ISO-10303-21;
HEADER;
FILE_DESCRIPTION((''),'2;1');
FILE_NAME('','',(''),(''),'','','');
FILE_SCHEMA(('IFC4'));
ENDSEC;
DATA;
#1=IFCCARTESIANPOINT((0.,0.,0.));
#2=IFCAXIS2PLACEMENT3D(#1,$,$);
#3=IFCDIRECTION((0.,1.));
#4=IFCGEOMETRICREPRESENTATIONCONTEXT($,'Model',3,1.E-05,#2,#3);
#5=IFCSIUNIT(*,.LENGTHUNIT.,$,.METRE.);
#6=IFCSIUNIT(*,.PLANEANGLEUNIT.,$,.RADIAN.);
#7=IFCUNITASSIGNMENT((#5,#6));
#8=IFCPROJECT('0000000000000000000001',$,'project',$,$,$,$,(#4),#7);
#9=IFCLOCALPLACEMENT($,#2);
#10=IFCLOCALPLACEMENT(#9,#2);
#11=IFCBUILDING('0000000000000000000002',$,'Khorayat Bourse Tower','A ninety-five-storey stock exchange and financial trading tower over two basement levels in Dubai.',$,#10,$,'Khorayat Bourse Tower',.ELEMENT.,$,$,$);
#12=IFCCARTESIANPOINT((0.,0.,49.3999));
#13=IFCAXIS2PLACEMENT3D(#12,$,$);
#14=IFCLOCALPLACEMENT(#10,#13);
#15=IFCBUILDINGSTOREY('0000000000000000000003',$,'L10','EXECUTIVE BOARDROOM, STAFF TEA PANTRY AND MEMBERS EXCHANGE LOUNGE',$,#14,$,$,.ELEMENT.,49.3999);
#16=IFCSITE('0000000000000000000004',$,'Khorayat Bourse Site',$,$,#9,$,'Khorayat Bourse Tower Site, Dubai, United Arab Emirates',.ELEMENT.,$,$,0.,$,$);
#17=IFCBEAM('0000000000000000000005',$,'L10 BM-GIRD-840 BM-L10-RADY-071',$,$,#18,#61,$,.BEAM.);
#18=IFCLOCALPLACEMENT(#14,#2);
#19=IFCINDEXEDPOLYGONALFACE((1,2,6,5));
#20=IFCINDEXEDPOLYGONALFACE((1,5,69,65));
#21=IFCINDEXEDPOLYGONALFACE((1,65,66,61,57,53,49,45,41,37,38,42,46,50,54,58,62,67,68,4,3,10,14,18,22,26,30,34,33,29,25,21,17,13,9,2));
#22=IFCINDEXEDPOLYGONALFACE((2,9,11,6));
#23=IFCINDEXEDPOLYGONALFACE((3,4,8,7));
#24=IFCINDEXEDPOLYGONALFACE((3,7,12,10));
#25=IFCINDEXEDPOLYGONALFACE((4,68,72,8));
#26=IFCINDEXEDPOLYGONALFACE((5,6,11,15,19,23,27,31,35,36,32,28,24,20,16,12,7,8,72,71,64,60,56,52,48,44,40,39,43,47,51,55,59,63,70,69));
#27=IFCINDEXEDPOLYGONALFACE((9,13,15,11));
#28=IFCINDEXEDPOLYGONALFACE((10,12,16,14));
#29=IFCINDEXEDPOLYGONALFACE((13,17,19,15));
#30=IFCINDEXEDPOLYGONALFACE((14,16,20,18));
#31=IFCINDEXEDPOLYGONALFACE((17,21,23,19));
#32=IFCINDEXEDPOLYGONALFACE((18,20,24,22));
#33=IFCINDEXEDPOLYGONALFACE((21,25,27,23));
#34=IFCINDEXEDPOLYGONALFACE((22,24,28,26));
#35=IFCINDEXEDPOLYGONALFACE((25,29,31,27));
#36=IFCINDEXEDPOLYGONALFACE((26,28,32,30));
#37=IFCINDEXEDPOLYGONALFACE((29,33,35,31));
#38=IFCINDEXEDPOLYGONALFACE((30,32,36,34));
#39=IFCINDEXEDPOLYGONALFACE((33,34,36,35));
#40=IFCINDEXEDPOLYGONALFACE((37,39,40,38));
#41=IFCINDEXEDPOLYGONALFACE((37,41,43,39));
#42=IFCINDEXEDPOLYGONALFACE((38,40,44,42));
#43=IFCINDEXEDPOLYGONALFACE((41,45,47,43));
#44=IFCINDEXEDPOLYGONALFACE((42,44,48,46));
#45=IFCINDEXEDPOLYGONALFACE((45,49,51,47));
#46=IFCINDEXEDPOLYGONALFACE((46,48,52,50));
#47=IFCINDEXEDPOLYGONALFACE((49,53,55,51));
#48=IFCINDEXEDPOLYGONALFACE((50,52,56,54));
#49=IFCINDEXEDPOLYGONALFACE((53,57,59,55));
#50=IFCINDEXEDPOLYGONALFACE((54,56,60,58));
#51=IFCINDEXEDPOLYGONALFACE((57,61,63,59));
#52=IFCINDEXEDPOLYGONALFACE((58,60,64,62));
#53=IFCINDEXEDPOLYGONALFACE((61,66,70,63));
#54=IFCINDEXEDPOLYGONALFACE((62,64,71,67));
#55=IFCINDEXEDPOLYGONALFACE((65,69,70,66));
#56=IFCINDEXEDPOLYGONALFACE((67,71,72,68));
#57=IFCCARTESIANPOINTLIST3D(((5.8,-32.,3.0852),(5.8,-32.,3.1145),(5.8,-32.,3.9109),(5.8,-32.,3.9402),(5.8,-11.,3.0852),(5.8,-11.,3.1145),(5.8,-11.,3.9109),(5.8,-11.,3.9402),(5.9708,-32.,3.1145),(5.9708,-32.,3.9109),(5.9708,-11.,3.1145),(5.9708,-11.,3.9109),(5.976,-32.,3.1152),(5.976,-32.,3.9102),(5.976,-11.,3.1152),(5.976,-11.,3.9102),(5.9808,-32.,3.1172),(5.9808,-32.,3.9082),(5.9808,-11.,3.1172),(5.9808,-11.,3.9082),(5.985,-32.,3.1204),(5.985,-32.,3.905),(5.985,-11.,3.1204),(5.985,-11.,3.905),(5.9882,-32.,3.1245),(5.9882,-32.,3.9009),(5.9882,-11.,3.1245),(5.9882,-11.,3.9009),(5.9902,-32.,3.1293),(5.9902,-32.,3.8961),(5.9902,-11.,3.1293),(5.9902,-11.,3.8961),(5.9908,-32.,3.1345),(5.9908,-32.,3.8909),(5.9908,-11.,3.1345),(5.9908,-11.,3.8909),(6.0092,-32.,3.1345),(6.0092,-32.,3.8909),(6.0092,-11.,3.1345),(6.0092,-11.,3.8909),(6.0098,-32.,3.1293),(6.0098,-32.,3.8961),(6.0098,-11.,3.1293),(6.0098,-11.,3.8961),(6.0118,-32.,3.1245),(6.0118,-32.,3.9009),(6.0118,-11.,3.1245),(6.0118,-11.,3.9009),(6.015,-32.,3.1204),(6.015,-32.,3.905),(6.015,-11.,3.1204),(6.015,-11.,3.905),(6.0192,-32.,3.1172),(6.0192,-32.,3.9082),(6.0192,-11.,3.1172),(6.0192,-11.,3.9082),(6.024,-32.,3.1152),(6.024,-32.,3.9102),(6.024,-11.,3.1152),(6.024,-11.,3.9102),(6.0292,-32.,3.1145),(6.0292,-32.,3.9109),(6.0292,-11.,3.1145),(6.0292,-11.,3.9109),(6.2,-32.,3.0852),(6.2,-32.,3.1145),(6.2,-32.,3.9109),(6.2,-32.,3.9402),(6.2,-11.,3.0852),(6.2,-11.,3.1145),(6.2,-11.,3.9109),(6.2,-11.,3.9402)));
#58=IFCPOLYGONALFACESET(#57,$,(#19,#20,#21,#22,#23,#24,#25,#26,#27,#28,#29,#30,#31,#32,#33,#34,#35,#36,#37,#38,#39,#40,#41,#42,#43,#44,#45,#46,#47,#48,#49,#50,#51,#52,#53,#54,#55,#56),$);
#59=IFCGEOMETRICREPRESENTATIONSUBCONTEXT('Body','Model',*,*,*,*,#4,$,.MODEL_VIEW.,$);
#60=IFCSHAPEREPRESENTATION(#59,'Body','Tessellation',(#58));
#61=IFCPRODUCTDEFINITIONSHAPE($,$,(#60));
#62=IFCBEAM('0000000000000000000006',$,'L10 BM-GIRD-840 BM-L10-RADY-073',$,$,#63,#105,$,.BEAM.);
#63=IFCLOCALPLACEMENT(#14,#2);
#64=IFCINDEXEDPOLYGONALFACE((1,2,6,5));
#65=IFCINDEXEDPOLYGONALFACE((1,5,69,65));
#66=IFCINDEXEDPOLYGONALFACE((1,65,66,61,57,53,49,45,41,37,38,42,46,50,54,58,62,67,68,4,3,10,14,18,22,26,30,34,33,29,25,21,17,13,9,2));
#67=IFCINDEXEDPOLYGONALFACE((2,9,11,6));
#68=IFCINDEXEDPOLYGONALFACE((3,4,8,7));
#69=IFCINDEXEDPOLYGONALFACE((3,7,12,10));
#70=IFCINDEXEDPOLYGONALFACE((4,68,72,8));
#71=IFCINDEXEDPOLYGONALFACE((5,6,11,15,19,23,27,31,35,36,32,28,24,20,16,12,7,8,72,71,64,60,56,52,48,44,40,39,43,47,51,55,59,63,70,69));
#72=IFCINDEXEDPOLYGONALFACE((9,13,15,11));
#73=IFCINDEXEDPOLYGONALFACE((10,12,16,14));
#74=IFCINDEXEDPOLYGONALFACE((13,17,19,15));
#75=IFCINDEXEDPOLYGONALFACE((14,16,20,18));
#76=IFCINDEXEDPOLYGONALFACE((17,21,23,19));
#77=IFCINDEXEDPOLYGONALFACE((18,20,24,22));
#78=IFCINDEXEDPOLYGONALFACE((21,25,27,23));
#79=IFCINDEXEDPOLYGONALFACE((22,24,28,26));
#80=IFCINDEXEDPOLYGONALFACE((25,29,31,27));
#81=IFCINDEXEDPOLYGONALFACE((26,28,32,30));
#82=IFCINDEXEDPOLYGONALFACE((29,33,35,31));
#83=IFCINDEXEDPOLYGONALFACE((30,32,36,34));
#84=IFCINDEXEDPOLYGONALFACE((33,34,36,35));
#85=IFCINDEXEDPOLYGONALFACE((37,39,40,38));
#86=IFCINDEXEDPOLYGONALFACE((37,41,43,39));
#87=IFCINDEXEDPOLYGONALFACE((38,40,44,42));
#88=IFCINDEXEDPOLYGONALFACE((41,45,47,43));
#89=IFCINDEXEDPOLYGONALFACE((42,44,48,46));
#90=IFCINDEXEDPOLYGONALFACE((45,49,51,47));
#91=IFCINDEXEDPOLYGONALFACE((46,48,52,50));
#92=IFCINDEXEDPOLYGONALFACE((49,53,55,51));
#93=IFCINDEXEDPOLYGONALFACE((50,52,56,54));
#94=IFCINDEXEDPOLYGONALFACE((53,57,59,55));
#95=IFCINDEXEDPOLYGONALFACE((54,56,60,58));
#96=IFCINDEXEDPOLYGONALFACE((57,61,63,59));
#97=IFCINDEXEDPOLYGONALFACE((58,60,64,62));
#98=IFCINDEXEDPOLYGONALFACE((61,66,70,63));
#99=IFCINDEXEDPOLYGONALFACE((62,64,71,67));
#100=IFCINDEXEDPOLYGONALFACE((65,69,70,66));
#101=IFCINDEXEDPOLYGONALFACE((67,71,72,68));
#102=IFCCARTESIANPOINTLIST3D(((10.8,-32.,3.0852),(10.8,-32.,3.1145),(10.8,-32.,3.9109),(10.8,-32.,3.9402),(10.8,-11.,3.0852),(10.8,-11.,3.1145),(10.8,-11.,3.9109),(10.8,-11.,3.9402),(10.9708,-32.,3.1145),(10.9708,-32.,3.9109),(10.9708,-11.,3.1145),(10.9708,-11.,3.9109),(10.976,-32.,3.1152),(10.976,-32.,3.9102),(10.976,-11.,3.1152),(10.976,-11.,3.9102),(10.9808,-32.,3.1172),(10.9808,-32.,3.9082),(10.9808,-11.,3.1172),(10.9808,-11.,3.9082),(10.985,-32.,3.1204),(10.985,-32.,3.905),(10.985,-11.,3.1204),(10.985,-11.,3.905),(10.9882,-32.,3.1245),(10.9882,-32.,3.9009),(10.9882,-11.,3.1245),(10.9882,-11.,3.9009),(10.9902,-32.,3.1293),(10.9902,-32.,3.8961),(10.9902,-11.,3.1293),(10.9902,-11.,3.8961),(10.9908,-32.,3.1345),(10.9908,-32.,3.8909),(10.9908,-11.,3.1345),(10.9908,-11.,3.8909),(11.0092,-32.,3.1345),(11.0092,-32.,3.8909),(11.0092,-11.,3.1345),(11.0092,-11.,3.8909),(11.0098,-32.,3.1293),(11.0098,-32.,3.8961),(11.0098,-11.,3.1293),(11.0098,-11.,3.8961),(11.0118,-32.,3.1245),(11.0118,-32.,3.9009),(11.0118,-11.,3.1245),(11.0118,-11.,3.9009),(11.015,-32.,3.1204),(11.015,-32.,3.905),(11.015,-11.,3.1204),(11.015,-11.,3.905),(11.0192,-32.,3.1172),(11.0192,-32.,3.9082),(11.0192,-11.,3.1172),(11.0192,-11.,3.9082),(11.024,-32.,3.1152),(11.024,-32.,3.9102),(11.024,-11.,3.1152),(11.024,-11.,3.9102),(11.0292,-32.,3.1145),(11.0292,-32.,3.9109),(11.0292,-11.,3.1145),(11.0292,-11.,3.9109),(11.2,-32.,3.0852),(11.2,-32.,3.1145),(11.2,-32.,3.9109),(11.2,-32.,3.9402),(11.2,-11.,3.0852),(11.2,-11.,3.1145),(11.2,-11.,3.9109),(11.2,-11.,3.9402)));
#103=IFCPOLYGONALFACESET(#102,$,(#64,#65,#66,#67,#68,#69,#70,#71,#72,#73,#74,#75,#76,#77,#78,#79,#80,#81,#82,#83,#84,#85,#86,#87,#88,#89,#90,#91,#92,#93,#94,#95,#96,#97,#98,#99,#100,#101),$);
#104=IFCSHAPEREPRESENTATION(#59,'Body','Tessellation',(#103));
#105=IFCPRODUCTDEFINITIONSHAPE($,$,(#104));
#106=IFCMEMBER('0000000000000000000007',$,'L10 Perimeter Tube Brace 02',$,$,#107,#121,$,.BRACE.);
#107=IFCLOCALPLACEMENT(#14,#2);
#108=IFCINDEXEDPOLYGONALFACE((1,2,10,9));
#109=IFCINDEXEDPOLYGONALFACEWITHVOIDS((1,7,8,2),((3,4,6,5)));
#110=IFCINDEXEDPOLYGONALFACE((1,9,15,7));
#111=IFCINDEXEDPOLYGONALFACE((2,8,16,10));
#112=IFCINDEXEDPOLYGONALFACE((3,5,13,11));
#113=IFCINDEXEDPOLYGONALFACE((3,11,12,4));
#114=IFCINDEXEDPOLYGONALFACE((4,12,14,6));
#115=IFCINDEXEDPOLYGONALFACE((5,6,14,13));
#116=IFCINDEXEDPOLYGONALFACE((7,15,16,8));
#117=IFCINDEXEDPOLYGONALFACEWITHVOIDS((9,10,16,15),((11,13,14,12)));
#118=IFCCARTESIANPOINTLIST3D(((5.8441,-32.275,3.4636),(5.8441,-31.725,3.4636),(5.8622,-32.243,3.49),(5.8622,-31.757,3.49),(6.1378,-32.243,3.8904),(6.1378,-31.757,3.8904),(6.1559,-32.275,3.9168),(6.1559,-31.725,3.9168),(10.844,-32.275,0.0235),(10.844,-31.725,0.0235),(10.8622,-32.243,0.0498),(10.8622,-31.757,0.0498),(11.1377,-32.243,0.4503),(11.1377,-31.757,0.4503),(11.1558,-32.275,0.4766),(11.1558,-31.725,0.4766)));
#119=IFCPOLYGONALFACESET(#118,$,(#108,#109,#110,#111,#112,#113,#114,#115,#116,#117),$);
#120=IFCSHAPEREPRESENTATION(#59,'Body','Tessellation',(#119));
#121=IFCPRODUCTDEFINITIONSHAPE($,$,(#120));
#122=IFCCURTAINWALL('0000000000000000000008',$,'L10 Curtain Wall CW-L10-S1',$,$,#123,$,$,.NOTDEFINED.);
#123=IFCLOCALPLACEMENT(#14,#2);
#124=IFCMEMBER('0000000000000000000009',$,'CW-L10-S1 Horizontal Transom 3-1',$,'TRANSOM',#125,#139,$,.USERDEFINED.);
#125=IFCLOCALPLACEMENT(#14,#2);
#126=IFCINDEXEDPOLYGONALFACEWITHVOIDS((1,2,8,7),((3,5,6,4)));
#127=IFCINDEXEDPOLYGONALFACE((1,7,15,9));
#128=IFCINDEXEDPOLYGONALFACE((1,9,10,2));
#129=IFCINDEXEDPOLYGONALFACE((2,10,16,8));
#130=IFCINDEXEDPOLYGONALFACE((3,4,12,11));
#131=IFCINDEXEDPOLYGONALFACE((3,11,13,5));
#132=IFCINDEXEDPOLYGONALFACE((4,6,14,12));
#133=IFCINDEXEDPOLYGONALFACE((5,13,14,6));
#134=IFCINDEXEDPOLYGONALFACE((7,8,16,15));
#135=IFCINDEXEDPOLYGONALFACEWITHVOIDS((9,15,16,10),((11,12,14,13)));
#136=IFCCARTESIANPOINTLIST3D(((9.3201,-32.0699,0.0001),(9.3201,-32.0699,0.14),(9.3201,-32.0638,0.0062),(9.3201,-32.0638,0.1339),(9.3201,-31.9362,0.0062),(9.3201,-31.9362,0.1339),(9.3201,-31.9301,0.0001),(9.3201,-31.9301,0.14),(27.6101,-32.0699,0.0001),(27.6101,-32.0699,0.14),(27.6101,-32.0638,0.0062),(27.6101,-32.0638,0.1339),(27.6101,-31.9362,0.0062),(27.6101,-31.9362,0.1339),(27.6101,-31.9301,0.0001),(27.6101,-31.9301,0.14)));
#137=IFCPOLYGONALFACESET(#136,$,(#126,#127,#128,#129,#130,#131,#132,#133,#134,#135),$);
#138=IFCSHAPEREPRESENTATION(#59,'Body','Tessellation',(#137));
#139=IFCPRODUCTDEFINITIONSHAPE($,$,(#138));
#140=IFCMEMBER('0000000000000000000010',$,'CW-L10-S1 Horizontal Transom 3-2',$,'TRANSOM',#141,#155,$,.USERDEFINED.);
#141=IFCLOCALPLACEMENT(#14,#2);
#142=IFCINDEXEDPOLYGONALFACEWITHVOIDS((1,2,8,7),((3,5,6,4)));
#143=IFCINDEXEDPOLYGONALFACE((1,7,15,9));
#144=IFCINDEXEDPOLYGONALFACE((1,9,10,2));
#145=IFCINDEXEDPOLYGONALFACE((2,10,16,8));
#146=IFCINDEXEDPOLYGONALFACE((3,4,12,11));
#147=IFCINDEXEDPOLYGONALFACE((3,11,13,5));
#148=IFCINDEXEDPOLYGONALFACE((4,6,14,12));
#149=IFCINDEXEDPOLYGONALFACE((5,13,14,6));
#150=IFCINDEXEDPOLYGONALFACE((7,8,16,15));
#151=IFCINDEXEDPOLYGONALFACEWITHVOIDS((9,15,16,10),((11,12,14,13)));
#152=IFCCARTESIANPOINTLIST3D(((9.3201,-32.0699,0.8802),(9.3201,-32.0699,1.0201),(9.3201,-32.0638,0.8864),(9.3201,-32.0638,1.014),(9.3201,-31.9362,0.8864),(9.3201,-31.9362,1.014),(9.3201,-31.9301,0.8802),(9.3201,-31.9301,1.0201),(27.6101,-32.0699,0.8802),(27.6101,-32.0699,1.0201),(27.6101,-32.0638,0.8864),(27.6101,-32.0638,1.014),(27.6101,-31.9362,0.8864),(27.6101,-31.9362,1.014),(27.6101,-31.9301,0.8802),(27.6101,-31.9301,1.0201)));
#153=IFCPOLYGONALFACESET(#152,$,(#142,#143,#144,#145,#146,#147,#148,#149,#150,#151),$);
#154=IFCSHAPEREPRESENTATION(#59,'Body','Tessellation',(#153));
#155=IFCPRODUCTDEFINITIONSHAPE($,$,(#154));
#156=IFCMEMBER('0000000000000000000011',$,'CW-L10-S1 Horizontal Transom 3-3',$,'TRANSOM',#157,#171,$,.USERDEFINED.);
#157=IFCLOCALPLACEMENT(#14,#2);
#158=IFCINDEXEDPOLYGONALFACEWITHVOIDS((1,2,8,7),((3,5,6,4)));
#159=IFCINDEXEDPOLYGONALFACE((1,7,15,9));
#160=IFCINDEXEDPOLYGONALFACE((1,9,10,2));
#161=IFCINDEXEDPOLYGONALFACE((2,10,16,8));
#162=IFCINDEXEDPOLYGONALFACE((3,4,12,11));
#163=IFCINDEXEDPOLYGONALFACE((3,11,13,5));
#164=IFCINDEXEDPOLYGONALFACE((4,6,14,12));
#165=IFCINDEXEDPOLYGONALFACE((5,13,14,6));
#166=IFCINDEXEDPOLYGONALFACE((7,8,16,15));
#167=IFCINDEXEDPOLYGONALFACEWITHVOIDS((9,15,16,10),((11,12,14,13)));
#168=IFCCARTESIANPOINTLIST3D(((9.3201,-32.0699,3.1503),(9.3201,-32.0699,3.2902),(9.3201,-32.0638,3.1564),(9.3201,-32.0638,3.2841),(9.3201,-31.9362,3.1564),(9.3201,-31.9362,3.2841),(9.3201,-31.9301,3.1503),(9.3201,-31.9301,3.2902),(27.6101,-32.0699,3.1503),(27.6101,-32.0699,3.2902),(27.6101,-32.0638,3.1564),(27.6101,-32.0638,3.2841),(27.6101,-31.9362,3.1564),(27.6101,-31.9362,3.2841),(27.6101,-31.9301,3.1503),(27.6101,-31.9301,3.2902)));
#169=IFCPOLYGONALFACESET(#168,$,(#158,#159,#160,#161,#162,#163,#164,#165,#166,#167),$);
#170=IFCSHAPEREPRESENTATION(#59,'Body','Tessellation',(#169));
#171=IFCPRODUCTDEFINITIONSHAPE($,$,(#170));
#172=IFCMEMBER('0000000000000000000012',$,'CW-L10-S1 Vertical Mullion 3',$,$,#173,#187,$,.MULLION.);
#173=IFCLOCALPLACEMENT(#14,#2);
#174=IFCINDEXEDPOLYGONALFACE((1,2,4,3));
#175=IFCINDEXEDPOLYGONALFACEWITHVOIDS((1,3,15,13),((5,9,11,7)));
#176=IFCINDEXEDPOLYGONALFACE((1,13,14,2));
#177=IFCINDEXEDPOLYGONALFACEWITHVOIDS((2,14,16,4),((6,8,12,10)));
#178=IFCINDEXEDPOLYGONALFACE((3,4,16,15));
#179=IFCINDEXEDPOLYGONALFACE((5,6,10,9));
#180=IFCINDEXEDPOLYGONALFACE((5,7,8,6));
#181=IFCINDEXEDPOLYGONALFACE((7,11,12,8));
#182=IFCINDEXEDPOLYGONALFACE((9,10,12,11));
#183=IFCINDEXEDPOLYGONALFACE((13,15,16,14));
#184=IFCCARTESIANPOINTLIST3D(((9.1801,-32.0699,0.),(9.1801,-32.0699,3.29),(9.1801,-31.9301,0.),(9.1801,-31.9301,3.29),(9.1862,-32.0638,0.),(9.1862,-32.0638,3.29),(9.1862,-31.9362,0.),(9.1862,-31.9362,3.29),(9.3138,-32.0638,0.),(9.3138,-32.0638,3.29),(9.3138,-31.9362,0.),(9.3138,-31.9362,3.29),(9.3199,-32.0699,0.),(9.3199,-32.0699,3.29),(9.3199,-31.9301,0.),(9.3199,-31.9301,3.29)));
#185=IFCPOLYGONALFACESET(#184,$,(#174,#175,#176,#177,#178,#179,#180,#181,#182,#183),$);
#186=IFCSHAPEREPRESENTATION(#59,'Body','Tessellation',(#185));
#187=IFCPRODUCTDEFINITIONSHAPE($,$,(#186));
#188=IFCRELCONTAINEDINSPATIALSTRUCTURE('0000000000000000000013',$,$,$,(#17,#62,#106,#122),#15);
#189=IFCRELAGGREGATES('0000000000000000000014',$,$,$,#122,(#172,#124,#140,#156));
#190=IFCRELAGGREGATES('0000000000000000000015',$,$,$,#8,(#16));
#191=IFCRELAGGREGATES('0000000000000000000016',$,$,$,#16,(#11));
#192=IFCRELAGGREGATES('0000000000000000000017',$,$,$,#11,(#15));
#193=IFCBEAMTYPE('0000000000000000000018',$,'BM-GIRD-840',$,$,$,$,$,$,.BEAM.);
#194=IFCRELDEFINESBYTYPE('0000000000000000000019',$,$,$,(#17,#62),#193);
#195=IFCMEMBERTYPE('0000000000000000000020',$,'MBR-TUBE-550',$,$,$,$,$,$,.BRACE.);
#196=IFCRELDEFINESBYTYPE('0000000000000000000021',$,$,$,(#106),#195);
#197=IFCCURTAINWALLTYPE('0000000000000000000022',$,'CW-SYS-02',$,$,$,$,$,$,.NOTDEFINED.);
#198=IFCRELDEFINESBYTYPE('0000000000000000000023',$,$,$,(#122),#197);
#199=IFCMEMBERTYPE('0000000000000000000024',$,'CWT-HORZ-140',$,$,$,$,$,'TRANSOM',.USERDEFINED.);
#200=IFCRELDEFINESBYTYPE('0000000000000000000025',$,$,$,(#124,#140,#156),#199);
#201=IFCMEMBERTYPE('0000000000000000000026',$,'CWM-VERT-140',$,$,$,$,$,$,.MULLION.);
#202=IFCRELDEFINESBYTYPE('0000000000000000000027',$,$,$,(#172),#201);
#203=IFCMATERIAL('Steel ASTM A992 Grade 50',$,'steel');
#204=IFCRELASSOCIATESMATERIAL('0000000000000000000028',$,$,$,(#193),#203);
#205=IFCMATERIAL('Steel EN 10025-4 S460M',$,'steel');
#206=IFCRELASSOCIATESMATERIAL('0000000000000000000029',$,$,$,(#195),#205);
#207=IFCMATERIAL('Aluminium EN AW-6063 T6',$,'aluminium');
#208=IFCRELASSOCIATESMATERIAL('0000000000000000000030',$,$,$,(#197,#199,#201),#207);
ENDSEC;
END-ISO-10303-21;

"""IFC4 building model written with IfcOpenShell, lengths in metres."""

from ifc_helpers import new_model, si_unit, direction, frame, origin, origin_2d, place, context, subcontext, project, spatial, hollow_rectangle, i_section, extrude, source, transform, mapped, material, material_profile, profile_set, type_object, element, aggregate, save


model = new_model("IFC4")

# Units and contexts
model_context = context("Model", 3, precision=1e-05, world=origin(), true_north=direction((0.0, 1.0)))
body_context = subcontext(model_context, "Body", "Model", "MODEL_VIEW")
ifc_project = project(units=[si_unit("LENGTHUNIT", "METRE"), si_unit("PLANEANGLEUNIT", "RADIAN")], contexts=[model_context])

# Site, building, storey
site_placement = place(None, origin())
site = spatial("IfcSite", under=ifc_project, at=site_placement, Name="Khorayat Bourse Site", LongName="Khorayat Bourse Tower Site, Dubai, United Arab Emirates", CompositionType="ELEMENT", RefElevation=0.0)
building_placement = place(site_placement, origin())
building = spatial("IfcBuilding", under=site, at=building_placement, Name="Khorayat Bourse Tower", Description="A ninety-five-storey stock exchange and financial trading tower over two basement levels in Dubai.", LongName="Khorayat Bourse Tower", CompositionType="ELEMENT")
storey_placement = place(building_placement, frame((0.0, 0.0, 49.3999)))
storey = spatial("IfcBuildingStorey", under=building, at=storey_placement, Name="L10", Description="EXECUTIVE BOARDROOM, STAFF TEA PANTRY AND MEMBERS EXCHANGE LOUNGE", CompositionType="ELEMENT", Elevation=49.3999)

# Shared definitions
ifc_material_1 = material(Name="Steel EN 10025-4 S460M", Category="steel")

# Beams
ifc_material_2 = material(Name="Steel ASTM A992 Grade 50", Category="steel")
ifc_material_profile_1 = material_profile(ifc_material_2, i_section(OverallWidth=0.3999, OverallDepth=0.855, WebThickness=0.0183, FlangeThickness=0.0293, FilletRadius=0.02, at=origin_2d()), Name="W840X299")
ifc_profile_set_1 = profile_set([ifc_material_profile_1], Name="Steel ASTM A992 Grade 50")
beam_type_1 = type_object("IfcBeamType", Name="BM-GIRD-840", PredefinedType="BEAM", material=ifc_profile_set_1)
shared_shape_1 = source(origin(), body_context, "Body", "SweptSolid", [
    extrude(i_section(OverallWidth=0.3999, OverallDepth=0.855, WebThickness=0.0183, FlangeThickness=0.0293, FilletRadius=0.02, at=origin_2d()), origin(), (0.0, 0.0, 1.0), 21.0),
])
for number, where, z_axis, x_axis, name in (
    (1, (6.0, -32.0, 3.5127), (0.0, 1.0, 0.0), (-1.0, 0.0, 0.0), "L10 BM-GIRD-840 BM-L10-RADY-071"),
    (2, (11.0, -32.0, 3.5127), (0.0, 1.0, 0.0), (-1.0, 0.0, 0.0), "L10 BM-GIRD-840 BM-L10-RADY-073"),
):
    element("IfcBeam", number, at=place(storey_placement, frame(where, z_axis=z_axis, x_axis=x_axis)), inside=storey, type_object=beam_type_1, Name=name, PredefinedType="BEAM", context=body_context, shape_type="MappedRepresentation", body=[
        mapped(shared_shape_1, transform((0.0, 0.0, 0.0), scale=1.0)),
    ])

# Member
ifc_material_profile_2 = material_profile(ifc_material_1, hollow_rectangle(XDim=0.55, YDim=0.55, WallThickness=0.032, at=origin_2d()), Name="HSS 550x550x32")
ifc_profile_set_2 = profile_set([ifc_material_profile_2], Name="Steel EN 10025-4 S460M")
member_type_1 = type_object("IfcMemberType", Name="MBR-TUBE-550", PredefinedType="BRACE", material=ifc_profile_set_2)
shared_shape_2 = source(origin(), body_context, "Body", "SweptSolid", [
    extrude(hollow_rectangle(XDim=0.55, YDim=0.55, WallThickness=0.032, at=origin_2d()), origin(), (0.0, 0.0, 1.0), 6.0691),
])
member_1_placement = place(storey_placement, frame((6.0, -32.0, 3.6902), z_axis=(0.823835, 0.0, -0.566829), x_axis=(0.0, 1.0, 0.0)))
element("IfcMember", 3, at=member_1_placement, inside=storey, type_object=member_type_1, Name="L10 Perimeter Tube Brace 02", PredefinedType="BRACE", context=body_context, shape_type="MappedRepresentation", body=[
    mapped(shared_shape_2, transform((0.0, 0.0, 0.0), scale=1.0)),
])

# Curtain wall, members
ifc_material_3 = material(Name="Aluminium EN AW-6063 T6", Category="aluminium")
curtain_wall_type = type_object("IfcCurtainWallType", Name="CW-SYS-02", PredefinedType="NOTDEFINED", material=ifc_material_3)
curtain_wall_placement = place(storey_placement, origin())
curtain_wall = element("IfcCurtainWall", 4, at=curtain_wall_placement, inside=storey, type_object=curtain_wall_type, Name="L10 Curtain Wall CW-L10-S1", PredefinedType="NOTDEFINED")
ifc_material_profile_3 = material_profile(ifc_material_3, hollow_rectangle(XDim=0.1399, YDim=0.1399, WallThickness=0.0061, at=origin_2d()), Name="ALU 140x140x6")
ifc_profile_set_3 = profile_set([ifc_material_profile_3], Name="Aluminium EN AW-6063 T6")
member_type_2 = type_object("IfcMemberType", Name="CWT-HORZ-140", ElementType="TRANSOM", PredefinedType="USERDEFINED", material=ifc_profile_set_3)
shared_shape_3 = source(origin(), body_context, "Body", "SweptSolid", [
    extrude(hollow_rectangle(XDim=0.1399, YDim=0.1399, WallThickness=0.0061, at=origin_2d()), origin(), (0.0, 0.0, 1.0), 18.29),
])
member_2_placement = place(storey_placement, frame((9.3201, -32.0, 0.0701), z_axis=(1.0, 0.0, 0.0), x_axis=(0.0, 1.0, 0.0)))
member_2 = element("IfcMember", 5, at=member_2_placement, type_object=member_type_2, Name="CW-L10-S1 Horizontal Transom 3-1", ObjectType="TRANSOM", PredefinedType="USERDEFINED", context=body_context, shape_type="MappedRepresentation", body=[
    mapped(shared_shape_3, transform((0.0, 0.0, 0.0), scale=1.0)),
])
member_3_placement = place(storey_placement, frame((9.3201, -32.0, 0.9502), z_axis=(1.0, 0.0, 0.0), x_axis=(0.0, 1.0, 0.0)))
member_3 = element("IfcMember", 6, at=member_3_placement, type_object=member_type_2, Name="CW-L10-S1 Horizontal Transom 3-2", ObjectType="TRANSOM", PredefinedType="USERDEFINED", context=body_context, shape_type="MappedRepresentation", body=[
    mapped(shared_shape_3, transform((0.0, 0.0, 0.0), scale=1.0)),
])
member_4_placement = place(storey_placement, frame((9.3201, -32.0, 3.2202), z_axis=(1.0, 0.0, 0.0), x_axis=(0.0, 1.0, 0.0)))
member_4 = element("IfcMember", 7, at=member_4_placement, type_object=member_type_2, Name="CW-L10-S1 Horizontal Transom 3-3", ObjectType="TRANSOM", PredefinedType="USERDEFINED", context=body_context, shape_type="MappedRepresentation", body=[
    mapped(shared_shape_3, transform((0.0, 0.0, 0.0), scale=1.0)),
])
ifc_material_profile_4 = material_profile(ifc_material_3, hollow_rectangle(XDim=0.1399, YDim=0.1399, WallThickness=0.0061, at=origin_2d()), Name="ALU 140x140x6")
ifc_profile_set_4 = profile_set([ifc_material_profile_4], Name="Aluminium EN AW-6063 T6")
member_type_3 = type_object("IfcMemberType", Name="CWM-VERT-140", PredefinedType="MULLION", material=ifc_profile_set_4)
shared_shape_4 = source(origin(), body_context, "Body", "SweptSolid", [
    extrude(hollow_rectangle(XDim=0.1399, YDim=0.1399, WallThickness=0.0061, at=origin_2d()), origin(), (0.0, 0.0, 1.0), 3.29),
])
member_5_placement = place(storey_placement, frame((9.25, -32.0, 0.0), z_axis=(0.0, 0.0, 1.0), x_axis=(0.0, 1.0, 0.0)))
member_5 = element("IfcMember", 8, at=member_5_placement, type_object=member_type_3, Name="CW-L10-S1 Vertical Mullion 3", PredefinedType="MULLION", context=body_context, shape_type="MappedRepresentation", body=[
    mapped(shared_shape_4, transform((0.0, 0.0, 0.0), scale=1.0)),
])

aggregate(curtain_wall, [member_5, member_2, member_3, member_4])

save(model, "model.ifc")
